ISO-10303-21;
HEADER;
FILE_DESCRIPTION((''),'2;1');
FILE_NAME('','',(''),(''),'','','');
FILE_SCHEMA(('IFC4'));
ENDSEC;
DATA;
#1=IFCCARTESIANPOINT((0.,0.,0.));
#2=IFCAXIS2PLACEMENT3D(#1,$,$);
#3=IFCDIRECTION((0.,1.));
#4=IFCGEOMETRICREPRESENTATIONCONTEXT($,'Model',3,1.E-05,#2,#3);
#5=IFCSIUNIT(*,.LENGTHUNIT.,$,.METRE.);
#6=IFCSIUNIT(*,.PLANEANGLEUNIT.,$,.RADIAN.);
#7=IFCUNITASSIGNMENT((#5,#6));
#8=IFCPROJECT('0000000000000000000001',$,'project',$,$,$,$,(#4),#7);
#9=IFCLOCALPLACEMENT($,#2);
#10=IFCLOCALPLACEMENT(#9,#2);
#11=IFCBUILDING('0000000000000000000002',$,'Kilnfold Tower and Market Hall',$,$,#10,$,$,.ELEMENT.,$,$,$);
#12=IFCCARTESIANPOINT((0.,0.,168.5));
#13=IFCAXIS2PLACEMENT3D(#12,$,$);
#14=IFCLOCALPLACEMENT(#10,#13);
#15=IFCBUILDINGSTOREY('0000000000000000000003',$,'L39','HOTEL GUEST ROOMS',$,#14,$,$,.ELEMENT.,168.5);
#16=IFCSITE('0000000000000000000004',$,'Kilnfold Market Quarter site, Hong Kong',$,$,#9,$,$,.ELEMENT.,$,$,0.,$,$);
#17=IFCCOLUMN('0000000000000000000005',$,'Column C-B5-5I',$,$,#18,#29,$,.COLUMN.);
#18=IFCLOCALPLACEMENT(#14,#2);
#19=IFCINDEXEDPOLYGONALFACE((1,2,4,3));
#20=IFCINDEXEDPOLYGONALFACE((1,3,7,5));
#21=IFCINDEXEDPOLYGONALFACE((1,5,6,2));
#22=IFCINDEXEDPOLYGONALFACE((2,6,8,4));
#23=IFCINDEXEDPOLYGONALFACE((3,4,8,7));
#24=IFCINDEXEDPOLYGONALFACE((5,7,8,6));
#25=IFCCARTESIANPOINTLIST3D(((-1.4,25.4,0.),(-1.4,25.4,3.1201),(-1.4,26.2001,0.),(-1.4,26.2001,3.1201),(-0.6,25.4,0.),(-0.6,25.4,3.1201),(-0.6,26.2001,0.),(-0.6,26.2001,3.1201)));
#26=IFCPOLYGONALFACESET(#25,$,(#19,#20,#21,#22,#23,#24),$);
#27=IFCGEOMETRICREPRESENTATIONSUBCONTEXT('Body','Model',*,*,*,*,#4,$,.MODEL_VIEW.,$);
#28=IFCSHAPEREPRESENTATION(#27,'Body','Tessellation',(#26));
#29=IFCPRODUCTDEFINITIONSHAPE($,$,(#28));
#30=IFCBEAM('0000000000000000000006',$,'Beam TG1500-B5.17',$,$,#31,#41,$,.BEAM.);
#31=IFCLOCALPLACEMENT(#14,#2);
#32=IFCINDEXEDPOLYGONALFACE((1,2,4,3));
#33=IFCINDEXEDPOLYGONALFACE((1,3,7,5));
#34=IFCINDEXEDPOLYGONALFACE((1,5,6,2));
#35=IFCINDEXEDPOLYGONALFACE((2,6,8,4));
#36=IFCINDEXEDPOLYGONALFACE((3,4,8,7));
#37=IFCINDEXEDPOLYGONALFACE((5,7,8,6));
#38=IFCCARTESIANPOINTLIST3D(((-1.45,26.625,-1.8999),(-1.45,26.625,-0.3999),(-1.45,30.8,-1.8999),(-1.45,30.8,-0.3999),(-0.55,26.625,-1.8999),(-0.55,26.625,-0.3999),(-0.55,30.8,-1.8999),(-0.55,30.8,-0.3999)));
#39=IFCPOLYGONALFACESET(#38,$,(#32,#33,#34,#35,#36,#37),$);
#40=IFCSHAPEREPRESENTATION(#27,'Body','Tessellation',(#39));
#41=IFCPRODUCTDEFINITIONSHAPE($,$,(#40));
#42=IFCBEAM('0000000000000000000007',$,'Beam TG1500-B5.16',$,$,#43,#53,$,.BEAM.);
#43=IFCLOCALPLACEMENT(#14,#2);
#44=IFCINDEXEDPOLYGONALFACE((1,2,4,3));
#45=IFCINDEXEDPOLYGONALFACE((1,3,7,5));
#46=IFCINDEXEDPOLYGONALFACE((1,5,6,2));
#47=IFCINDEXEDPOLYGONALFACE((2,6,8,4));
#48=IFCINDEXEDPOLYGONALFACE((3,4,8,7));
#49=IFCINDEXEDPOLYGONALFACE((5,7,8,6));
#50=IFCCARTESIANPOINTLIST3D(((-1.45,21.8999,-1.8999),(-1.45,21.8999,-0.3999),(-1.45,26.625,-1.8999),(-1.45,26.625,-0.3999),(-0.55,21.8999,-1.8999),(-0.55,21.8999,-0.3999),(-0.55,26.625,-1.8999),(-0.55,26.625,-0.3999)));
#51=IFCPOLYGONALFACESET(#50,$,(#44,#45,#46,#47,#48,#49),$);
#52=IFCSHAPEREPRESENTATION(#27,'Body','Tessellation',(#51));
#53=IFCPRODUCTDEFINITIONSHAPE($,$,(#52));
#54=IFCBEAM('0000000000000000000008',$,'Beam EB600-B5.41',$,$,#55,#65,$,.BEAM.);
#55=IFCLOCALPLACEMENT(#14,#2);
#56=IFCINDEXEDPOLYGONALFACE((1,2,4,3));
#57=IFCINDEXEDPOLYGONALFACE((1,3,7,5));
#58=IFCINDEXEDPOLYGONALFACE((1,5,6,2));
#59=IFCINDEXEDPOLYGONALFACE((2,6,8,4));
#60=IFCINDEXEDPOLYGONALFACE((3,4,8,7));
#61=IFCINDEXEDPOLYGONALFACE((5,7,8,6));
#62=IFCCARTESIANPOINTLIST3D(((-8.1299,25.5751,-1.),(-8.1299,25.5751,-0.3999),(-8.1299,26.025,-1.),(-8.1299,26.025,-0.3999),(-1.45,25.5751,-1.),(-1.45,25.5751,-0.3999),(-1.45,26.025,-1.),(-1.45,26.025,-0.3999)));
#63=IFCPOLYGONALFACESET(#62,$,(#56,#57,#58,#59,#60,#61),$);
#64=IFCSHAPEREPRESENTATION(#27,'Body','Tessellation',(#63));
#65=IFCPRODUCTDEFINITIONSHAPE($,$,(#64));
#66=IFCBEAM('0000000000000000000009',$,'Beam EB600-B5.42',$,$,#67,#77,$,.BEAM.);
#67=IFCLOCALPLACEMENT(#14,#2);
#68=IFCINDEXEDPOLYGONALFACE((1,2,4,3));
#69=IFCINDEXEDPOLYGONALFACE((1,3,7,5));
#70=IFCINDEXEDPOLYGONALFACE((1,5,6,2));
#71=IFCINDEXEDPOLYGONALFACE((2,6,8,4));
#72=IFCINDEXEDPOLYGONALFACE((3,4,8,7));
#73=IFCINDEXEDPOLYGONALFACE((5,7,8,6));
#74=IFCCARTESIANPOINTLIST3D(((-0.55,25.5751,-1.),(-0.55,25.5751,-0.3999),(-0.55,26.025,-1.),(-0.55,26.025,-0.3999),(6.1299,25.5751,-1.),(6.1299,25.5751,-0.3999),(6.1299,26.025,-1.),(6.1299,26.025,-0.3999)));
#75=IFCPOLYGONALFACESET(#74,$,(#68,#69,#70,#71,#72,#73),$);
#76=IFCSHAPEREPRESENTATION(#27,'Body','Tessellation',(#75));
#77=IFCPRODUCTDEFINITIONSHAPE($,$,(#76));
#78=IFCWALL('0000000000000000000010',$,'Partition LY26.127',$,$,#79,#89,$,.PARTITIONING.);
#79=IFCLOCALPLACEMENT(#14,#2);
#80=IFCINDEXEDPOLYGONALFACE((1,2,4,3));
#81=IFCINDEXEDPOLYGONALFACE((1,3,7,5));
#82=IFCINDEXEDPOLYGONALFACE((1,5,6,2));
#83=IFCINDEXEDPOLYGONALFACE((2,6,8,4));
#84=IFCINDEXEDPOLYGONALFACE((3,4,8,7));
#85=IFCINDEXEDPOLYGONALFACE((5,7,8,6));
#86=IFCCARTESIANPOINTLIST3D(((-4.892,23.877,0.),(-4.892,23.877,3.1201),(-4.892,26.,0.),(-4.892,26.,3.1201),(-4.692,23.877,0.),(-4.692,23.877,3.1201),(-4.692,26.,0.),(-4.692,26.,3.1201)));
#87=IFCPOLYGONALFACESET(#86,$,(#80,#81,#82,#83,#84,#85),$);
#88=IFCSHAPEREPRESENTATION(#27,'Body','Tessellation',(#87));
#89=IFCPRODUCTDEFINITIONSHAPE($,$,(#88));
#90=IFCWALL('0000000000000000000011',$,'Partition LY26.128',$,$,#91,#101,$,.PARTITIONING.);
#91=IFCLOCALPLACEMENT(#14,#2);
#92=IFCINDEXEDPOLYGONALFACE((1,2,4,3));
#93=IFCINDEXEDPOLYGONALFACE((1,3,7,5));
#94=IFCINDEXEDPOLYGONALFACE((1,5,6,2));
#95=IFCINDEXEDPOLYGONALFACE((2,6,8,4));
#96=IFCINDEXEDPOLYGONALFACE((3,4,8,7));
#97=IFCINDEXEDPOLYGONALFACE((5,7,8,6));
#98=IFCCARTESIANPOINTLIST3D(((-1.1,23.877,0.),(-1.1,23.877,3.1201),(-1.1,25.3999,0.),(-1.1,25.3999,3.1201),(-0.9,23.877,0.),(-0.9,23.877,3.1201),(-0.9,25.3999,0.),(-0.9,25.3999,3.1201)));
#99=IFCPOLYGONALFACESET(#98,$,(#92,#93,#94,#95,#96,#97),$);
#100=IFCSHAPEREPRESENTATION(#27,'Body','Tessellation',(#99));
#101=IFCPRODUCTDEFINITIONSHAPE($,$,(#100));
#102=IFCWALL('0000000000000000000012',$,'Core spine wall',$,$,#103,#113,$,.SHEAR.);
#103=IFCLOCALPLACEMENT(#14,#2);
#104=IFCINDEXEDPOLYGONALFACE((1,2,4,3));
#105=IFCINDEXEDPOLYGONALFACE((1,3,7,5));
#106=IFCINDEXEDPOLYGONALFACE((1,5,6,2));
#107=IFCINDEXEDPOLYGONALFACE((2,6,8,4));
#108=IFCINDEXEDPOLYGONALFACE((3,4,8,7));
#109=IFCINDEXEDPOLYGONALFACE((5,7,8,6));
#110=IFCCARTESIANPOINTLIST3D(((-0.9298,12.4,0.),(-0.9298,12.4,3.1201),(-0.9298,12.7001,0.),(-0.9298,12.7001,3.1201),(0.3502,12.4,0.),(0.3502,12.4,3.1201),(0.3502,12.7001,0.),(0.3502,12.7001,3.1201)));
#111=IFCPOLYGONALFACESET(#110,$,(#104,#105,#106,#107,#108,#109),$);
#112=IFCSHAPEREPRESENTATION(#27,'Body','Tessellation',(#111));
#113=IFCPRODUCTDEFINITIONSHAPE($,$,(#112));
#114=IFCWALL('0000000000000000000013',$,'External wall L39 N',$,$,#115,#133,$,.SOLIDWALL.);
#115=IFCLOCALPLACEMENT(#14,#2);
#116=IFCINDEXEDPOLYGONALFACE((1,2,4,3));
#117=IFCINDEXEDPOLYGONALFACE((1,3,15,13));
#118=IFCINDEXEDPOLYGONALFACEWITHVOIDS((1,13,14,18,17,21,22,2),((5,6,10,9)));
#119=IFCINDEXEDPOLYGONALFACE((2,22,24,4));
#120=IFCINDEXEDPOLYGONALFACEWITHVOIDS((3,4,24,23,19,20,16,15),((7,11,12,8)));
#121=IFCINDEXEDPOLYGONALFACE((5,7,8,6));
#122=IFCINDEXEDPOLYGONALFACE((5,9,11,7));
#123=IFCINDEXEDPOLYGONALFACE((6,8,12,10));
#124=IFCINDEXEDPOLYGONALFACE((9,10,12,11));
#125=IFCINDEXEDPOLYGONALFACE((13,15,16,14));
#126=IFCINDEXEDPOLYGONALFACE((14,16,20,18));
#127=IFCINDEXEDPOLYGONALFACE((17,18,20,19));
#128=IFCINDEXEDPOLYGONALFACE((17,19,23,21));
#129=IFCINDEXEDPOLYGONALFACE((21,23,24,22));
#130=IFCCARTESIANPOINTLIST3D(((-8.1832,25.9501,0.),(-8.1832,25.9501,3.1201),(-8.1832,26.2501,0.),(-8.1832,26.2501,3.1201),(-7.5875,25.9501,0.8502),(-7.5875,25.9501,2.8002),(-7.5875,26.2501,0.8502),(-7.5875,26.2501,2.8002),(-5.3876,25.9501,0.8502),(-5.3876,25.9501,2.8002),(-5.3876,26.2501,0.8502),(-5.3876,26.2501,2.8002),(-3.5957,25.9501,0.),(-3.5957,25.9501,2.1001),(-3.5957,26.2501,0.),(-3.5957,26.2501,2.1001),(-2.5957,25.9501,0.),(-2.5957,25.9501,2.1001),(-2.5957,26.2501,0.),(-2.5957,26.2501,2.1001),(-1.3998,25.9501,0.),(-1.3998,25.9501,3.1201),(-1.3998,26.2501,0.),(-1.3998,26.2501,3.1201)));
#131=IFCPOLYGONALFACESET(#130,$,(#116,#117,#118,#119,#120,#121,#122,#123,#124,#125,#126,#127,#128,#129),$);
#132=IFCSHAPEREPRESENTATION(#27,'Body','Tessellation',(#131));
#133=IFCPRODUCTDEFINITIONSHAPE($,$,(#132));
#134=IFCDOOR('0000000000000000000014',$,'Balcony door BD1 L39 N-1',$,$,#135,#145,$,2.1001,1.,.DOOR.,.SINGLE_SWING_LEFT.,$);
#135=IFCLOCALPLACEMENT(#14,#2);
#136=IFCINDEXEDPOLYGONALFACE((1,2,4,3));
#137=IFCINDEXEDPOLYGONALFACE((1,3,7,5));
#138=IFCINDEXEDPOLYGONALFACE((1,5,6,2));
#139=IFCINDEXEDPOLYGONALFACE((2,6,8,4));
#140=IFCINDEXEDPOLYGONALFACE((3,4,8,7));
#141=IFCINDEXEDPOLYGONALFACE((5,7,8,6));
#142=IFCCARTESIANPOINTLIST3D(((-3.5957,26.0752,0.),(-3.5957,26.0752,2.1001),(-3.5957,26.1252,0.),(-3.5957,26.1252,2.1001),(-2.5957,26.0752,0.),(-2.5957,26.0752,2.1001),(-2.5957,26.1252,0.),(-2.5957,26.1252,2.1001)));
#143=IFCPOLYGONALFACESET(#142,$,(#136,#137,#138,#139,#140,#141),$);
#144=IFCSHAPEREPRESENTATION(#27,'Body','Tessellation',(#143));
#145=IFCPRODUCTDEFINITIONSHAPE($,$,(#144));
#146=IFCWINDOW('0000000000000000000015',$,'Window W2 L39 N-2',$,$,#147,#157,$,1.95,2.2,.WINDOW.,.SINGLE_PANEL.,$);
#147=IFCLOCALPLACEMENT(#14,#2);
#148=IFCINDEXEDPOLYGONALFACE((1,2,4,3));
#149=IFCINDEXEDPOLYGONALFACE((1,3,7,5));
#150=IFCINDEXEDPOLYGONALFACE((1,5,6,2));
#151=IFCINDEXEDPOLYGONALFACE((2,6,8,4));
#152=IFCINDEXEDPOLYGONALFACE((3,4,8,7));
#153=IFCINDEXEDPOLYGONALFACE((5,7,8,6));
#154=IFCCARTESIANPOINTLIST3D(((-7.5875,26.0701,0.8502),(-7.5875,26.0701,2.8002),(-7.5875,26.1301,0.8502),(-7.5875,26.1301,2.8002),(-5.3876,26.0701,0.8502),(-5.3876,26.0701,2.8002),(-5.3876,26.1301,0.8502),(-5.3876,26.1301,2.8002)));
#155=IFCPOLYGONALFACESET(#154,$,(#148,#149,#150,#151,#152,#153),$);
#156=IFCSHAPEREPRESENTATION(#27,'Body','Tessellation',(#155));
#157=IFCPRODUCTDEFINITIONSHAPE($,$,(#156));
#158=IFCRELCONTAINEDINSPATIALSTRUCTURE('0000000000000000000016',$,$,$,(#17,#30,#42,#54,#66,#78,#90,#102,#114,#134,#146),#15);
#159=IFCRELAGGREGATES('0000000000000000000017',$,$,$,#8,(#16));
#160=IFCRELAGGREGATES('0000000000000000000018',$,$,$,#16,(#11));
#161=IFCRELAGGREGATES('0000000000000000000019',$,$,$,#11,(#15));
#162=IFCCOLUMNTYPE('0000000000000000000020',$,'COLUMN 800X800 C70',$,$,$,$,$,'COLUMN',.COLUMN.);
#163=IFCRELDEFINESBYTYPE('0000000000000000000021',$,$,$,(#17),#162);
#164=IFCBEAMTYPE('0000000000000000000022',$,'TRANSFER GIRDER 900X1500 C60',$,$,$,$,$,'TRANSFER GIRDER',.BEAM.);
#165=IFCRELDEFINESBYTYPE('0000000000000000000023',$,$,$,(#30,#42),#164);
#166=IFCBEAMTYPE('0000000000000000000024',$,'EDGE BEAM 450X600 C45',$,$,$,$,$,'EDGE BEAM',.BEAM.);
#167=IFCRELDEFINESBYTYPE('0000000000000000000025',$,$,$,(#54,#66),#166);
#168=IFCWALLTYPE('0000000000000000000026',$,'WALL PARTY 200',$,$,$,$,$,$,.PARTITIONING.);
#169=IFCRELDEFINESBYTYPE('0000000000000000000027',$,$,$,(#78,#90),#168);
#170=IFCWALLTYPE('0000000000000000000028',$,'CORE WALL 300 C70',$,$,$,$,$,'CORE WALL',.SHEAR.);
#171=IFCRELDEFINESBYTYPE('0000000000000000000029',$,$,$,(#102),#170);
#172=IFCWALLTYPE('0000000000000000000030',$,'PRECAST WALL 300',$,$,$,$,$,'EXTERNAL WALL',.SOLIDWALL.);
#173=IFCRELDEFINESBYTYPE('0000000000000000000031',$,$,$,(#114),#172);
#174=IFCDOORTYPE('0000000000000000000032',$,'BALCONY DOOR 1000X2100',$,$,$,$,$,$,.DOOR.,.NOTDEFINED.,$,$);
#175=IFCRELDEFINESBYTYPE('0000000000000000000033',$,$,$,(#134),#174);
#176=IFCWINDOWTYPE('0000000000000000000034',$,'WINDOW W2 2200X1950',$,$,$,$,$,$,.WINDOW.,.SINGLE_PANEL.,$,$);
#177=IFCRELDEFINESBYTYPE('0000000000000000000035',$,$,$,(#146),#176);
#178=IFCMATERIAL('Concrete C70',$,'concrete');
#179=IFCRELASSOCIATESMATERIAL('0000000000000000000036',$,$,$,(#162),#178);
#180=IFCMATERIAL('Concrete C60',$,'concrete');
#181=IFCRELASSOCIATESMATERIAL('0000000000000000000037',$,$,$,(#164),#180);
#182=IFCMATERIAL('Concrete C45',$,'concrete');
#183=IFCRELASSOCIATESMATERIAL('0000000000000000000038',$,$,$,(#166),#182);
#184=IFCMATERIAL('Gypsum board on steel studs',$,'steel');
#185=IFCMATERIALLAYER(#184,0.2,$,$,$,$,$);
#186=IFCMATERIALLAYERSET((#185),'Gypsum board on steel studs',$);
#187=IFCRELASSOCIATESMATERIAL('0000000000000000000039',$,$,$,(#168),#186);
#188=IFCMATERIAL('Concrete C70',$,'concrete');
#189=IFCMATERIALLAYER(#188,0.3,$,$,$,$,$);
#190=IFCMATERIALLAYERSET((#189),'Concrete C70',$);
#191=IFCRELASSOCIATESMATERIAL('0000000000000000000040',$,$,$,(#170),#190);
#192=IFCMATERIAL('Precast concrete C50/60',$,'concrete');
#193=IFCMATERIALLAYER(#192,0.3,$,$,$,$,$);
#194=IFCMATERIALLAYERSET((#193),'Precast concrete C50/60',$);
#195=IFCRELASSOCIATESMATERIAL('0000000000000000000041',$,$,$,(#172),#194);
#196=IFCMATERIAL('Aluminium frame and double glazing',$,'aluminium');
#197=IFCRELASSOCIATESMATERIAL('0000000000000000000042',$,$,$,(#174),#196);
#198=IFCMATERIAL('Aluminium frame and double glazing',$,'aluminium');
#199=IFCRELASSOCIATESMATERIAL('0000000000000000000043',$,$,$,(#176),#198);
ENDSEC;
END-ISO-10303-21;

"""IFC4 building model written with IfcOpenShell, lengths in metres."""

from ifc_helpers import new_model, si_unit, direction, frame, frame_2d, origin, origin_2d, place, context, subcontext, project, spatial, rectangle, extrude, source, transform, mapped, material, layer, layer_set, material_profile, profile_set, type_object, element, fill, save


model = new_model("IFC4")

# Units and contexts
model_context = context("Model", 3, precision=1e-05, world=origin(), true_north=direction((0.0, 1.0)))
body_context = subcontext(model_context, "Body", "Model", "MODEL_VIEW")
ifc_project = project(units=[si_unit("LENGTHUNIT", "METRE"), si_unit("PLANEANGLEUNIT", "RADIAN")], contexts=[model_context])

# Site, building, storey
site_placement = place(None, origin())
site = spatial("IfcSite", under=ifc_project, at=site_placement, Name="Kilnfold Market Quarter site, Hong Kong", CompositionType="ELEMENT", RefElevation=0.0)
building_placement = place(site_placement, origin())
building = spatial("IfcBuilding", under=site, at=building_placement, Name="Kilnfold Tower and Market Hall", CompositionType="ELEMENT")
storey_placement = place(building_placement, frame((0.0, 0.0, 168.5)))
storey = spatial("IfcBuildingStorey", under=building, at=storey_placement, Name="L39", Description="HOTEL GUEST ROOMS", CompositionType="ELEMENT", Elevation=168.5)

# Column
ifc_material_1 = material(Name="Concrete C70", Category="concrete")
ifc_material_profile_1 = material_profile(ifc_material_1, rectangle(XDim=0.8, YDim=0.8, at=origin_2d()), Name="RC 800x800")
ifc_profile_set_1 = profile_set([ifc_material_profile_1], Name="Concrete C70")
column_type = type_object("IfcColumnType", Name="COLUMN 800X800 C70", ElementType="COLUMN", PredefinedType="COLUMN", material=ifc_profile_set_1)
shared_shape_1 = source(origin(), body_context, "Body", "SweptSolid", [
    extrude(rectangle(XDim=0.8, YDim=0.8, at=origin_2d()), origin(), (0.0, 0.0, 1.0), 3.1201),
])
column_placement = place(storey_placement, frame((-1.0, 25.8, 0.0), z_axis=(0.0, 0.0, 1.0), x_axis=(1.0, 0.0, 0.0)))
element("IfcColumn", 1, at=column_placement, inside=storey, type_object=column_type, Name="Column C-B5-5I", PredefinedType="COLUMN", context=body_context, shape_type="MappedRepresentation", body=[
    mapped(shared_shape_1, transform((0.0, 0.0, 0.0))),
])

# Beams
ifc_material_2 = material(Name="Concrete C60", Category="concrete")
ifc_material_profile_2 = material_profile(ifc_material_2, rectangle(XDim=0.8999, YDim=1.5, at=origin_2d()), Name="RC 900x1500")
ifc_profile_set_2 = profile_set([ifc_material_profile_2], Name="Concrete C60")
beam_type_1 = type_object("IfcBeamType", Name="TRANSFER GIRDER 900X1500 C60", ElementType="TRANSFER GIRDER", PredefinedType="BEAM", material=ifc_profile_set_2)
shared_shape_2 = source(origin(), body_context, "Body", "SweptSolid", [
    extrude(rectangle(XDim=0.8999, YDim=1.5, at=origin_2d()), origin(), (0.0, 0.0, 1.0), 4.175),
])
beam_1_placement = place(storey_placement, frame((-1.0, 26.625, -1.1499), z_axis=(0.0, 1.0, 0.0), x_axis=(-1.0, 0.0, 0.0)))
element("IfcBeam", 2, at=beam_1_placement, inside=storey, type_object=beam_type_1, Name="Beam TG1500-B5.17", PredefinedType="BEAM", context=body_context, shape_type="MappedRepresentation", body=[
    mapped(shared_shape_2, transform((0.0, 0.0, 0.0))),
])
shared_shape_3 = source(origin(), body_context, "Body", "SweptSolid", [
    extrude(rectangle(XDim=0.8999, YDim=1.5, at=origin_2d()), origin(), (0.0, 0.0, 1.0), 4.7251),
])
beam_2_placement = place(storey_placement, frame((-1.0, 21.8999, -1.1499), z_axis=(0.0, 1.0, 0.0), x_axis=(-1.0, 0.0, 0.0)))
element("IfcBeam", 3, at=beam_2_placement, inside=storey, type_object=beam_type_1, Name="Beam TG1500-B5.16", PredefinedType="BEAM", context=body_context, shape_type="MappedRepresentation", body=[
    mapped(shared_shape_3, transform((0.0, 0.0, 0.0))),
])
ifc_material_3 = material(Name="Concrete C45", Category="concrete")
ifc_material_profile_3 = material_profile(ifc_material_3, rectangle(XDim=0.45, YDim=0.6001, at=origin_2d()), Name="RC 450x600")
ifc_profile_set_3 = profile_set([ifc_material_profile_3], Name="Concrete C45")
beam_type_2 = type_object("IfcBeamType", Name="EDGE BEAM 450X600 C45", ElementType="EDGE BEAM", PredefinedType="BEAM", material=ifc_profile_set_3)
shared_shape_4 = source(origin(), body_context, "Body", "SweptSolid", [
    extrude(rectangle(XDim=0.45, YDim=0.6001, at=origin_2d()), origin(), (0.0, 0.0, 1.0), 6.6799),
])
for number, where, z_axis, x_axis, name in (
    (4, (-8.1299, 25.8, -0.7), (1.0, 0.0, 0.0), (0.0, 1.0, 0.0), "Beam EB600-B5.41"),
    (5, (-0.55, 25.8, -0.7), (1.0, 0.0, 0.0), (0.0, 1.0, 0.0), "Beam EB600-B5.42"),
):
    element("IfcBeam", number, at=place(storey_placement, frame(where, z_axis=z_axis, x_axis=x_axis)), inside=storey, type_object=beam_type_2, Name=name, PredefinedType="BEAM", context=body_context, shape_type="MappedRepresentation", body=[
        mapped(shared_shape_4, transform((0.0, 0.0, 0.0))),
    ])

# Walls
ifc_material_4 = material(Name="Gypsum board on steel studs", Category="steel")
ifc_layer_1 = layer(ifc_material_4, 0.2)
ifc_layer_set_1 = layer_set([ifc_layer_1], Name="Gypsum board on steel studs")
wall_type_1 = type_object("IfcWallType", Name="WALL PARTY 200", PredefinedType="PARTITIONING", material=ifc_layer_set_1)
wall_1_placement = place(storey_placement, frame((-4.792, 23.877, 0.0), z_axis=(0.0, 0.0, 1.0), x_axis=(0.0, 1.0, 0.0)))
element("IfcWall", 6, at=wall_1_placement, inside=storey, type_object=wall_type_1, Name="Partition LY26.127", PredefinedType="PARTITIONING", context=body_context, shape_type="SweptSolid", body=[
    extrude(rectangle(XDim=2.123, YDim=0.2, at=frame_2d((1.0615, 0.0))), origin(), (0.0, 0.0, 1.0), 3.1201),
])
wall_2_placement = place(storey_placement, frame((-1.0, 23.877, 0.0), z_axis=(0.0, 0.0, 1.0), x_axis=(0.0, 1.0, 0.0)))
element("IfcWall", 7, at=wall_2_placement, inside=storey, type_object=wall_type_1, Name="Partition LY26.128", PredefinedType="PARTITIONING", context=body_context, shape_type="SweptSolid", body=[
    extrude(rectangle(XDim=1.5229, YDim=0.2, at=frame_2d((0.7615, 0.0))), origin(), (0.0, 0.0, 1.0), 3.1201),
])
ifc_material_5 = material(Name="Concrete C70", Category="concrete")
ifc_layer_2 = layer(ifc_material_5, 0.3)
ifc_layer_set_2 = layer_set([ifc_layer_2], Name="Concrete C70")
wall_type_2 = type_object("IfcWallType", Name="CORE WALL 300 C70", ElementType="CORE WALL", PredefinedType="SHEAR", material=ifc_layer_set_2)
shared_shape_5 = source(origin(), body_context, "Body", "SweptSolid", [
    extrude(rectangle(XDim=1.28, YDim=0.3, at=frame_2d((0.6401, 0.0))), origin(), (0.0, 0.0, 1.0), 3.1201),
])
wall_3_placement = place(storey_placement, frame((-0.9299, 12.55, 0.0), z_axis=(0.0, 0.0, 1.0), x_axis=(1.0, 0.0, 0.0)))
element("IfcWall", 8, at=wall_3_placement, inside=storey, type_object=wall_type_2, Name="Core spine wall", PredefinedType="SHEAR", context=body_context, shape_type="MappedRepresentation", body=[
    mapped(shared_shape_5, transform((0.0, 0.0, 0.0))),
])

# Wall, openings, door, window
ifc_material_6 = material(Name="Precast concrete C50/60", Category="concrete")
ifc_layer_3 = layer(ifc_material_6, 0.3)
ifc_layer_set_3 = layer_set([ifc_layer_3], Name="Precast concrete C50/60")
wall_type_3 = type_object("IfcWallType", Name="PRECAST WALL 300", ElementType="EXTERNAL WALL", PredefinedType="SOLIDWALL", material=ifc_layer_set_3)
shared_shape_6 = source(origin(), body_context, "Body", "SweptSolid", [
    extrude(rectangle(XDim=6.7834, YDim=0.3, at=frame_2d((3.3916, 0.0))), origin(), (0.0, 0.0, 1.0), 3.1201),
])
wall_4_placement = place(storey_placement, frame((-1.3999, 26.1001, 0.0), z_axis=(0.0, 0.0, 1.0), x_axis=(-1.0, 0.0, 0.0)))
wall_4 = element("IfcWall", 9, at=wall_4_placement, inside=storey, type_object=wall_type_3, Name="External wall L39 N", PredefinedType="SOLIDWALL", context=body_context, shape_type="MappedRepresentation", body=[
    mapped(shared_shape_6, transform((0.0, 0.0, 0.0))),
])
opening_1_placement = place(wall_4_placement, frame((1.1958, 0.0, 0.0)))
opening_1 = element("IfcOpeningElement", 10, at=opening_1_placement, cuts=wall_4, PredefinedType="OPENING", context=body_context, shape_type="SweptSolid", body=[
    extrude(rectangle(XDim=1.0, YDim=2.1001, at=frame_2d((0.5, 1.05))), frame((0.0, 0.1602, 0.0), z_axis=(0.0, -1.0, 0.0), x_axis=(1.0, 0.0, 0.0)), (0.0, 0.0, 1.0), 0.3201),
])
opening_2_placement = place(wall_4_placement, frame((3.9875, 0.0, 0.8501)))
opening_2 = element("IfcOpeningElement", 11, at=opening_2_placement, cuts=wall_4, PredefinedType="OPENING", context=body_context, shape_type="SweptSolid", body=[
    extrude(rectangle(XDim=2.2, YDim=1.95, at=frame_2d((1.1001, 0.9751))), frame((0.0, 0.1602, 0.0), z_axis=(0.0, -1.0, 0.0), x_axis=(1.0, 0.0, 0.0)), (0.0, 0.0, 1.0), 0.3201),
])
ifc_material_7 = material(Name="Aluminium frame and double glazing", Category="aluminium")
door_type_1 = type_object("IfcDoorType", Name="BALCONY DOOR 1000X2100", OperationType="NOTDEFINED", PredefinedType="DOOR", material=ifc_material_7)
door_1_placement = place(opening_1_placement, origin())
door_1 = element("IfcDoor", 12, at=door_1_placement, inside=storey, type_object=door_type_1, Name="Balcony door BD1 L39 N-1", OperationType="SINGLE_SWING_LEFT", OverallHeight=2.1001, OverallWidth=1.0, PredefinedType="DOOR", context=body_context, shape_type="SweptSolid", body=[
    extrude(rectangle(XDim=1.0, YDim=2.1001, at=frame_2d((0.5, 1.05))), frame((0.0, 0.0249, 0.0), z_axis=(0.0, -1.0, 0.0), x_axis=(1.0, 0.0, 0.0)), (0.0, 0.0, 1.0), 0.05),
])
fill(opening_1, door_1)
ifc_material_8 = material(Name="Aluminium frame and double glazing", Category="aluminium")
window_type = type_object("IfcWindowType", Name="WINDOW W2 2200X1950", PartitioningType="SINGLE_PANEL", PredefinedType="WINDOW", material=ifc_material_8)
window_placement = place(opening_2_placement, origin())
window = element("IfcWindow", 13, at=window_placement, inside=storey, type_object=window_type, Name="Window W2 L39 N-2", OverallHeight=1.95, OverallWidth=2.2, PartitioningType="SINGLE_PANEL", PredefinedType="WINDOW", context=body_context, shape_type="SweptSolid", body=[
    extrude(rectangle(XDim=2.2, YDim=1.95, at=frame_2d((1.1001, 0.9751))), frame((0.0, 0.03, 0.0), z_axis=(0.0, -1.0, 0.0), x_axis=(1.0, 0.0, 0.0)), (0.0, 0.0, 1.0), 0.0601),
])
fill(opening_2, window)

save(model, "model.ifc")
